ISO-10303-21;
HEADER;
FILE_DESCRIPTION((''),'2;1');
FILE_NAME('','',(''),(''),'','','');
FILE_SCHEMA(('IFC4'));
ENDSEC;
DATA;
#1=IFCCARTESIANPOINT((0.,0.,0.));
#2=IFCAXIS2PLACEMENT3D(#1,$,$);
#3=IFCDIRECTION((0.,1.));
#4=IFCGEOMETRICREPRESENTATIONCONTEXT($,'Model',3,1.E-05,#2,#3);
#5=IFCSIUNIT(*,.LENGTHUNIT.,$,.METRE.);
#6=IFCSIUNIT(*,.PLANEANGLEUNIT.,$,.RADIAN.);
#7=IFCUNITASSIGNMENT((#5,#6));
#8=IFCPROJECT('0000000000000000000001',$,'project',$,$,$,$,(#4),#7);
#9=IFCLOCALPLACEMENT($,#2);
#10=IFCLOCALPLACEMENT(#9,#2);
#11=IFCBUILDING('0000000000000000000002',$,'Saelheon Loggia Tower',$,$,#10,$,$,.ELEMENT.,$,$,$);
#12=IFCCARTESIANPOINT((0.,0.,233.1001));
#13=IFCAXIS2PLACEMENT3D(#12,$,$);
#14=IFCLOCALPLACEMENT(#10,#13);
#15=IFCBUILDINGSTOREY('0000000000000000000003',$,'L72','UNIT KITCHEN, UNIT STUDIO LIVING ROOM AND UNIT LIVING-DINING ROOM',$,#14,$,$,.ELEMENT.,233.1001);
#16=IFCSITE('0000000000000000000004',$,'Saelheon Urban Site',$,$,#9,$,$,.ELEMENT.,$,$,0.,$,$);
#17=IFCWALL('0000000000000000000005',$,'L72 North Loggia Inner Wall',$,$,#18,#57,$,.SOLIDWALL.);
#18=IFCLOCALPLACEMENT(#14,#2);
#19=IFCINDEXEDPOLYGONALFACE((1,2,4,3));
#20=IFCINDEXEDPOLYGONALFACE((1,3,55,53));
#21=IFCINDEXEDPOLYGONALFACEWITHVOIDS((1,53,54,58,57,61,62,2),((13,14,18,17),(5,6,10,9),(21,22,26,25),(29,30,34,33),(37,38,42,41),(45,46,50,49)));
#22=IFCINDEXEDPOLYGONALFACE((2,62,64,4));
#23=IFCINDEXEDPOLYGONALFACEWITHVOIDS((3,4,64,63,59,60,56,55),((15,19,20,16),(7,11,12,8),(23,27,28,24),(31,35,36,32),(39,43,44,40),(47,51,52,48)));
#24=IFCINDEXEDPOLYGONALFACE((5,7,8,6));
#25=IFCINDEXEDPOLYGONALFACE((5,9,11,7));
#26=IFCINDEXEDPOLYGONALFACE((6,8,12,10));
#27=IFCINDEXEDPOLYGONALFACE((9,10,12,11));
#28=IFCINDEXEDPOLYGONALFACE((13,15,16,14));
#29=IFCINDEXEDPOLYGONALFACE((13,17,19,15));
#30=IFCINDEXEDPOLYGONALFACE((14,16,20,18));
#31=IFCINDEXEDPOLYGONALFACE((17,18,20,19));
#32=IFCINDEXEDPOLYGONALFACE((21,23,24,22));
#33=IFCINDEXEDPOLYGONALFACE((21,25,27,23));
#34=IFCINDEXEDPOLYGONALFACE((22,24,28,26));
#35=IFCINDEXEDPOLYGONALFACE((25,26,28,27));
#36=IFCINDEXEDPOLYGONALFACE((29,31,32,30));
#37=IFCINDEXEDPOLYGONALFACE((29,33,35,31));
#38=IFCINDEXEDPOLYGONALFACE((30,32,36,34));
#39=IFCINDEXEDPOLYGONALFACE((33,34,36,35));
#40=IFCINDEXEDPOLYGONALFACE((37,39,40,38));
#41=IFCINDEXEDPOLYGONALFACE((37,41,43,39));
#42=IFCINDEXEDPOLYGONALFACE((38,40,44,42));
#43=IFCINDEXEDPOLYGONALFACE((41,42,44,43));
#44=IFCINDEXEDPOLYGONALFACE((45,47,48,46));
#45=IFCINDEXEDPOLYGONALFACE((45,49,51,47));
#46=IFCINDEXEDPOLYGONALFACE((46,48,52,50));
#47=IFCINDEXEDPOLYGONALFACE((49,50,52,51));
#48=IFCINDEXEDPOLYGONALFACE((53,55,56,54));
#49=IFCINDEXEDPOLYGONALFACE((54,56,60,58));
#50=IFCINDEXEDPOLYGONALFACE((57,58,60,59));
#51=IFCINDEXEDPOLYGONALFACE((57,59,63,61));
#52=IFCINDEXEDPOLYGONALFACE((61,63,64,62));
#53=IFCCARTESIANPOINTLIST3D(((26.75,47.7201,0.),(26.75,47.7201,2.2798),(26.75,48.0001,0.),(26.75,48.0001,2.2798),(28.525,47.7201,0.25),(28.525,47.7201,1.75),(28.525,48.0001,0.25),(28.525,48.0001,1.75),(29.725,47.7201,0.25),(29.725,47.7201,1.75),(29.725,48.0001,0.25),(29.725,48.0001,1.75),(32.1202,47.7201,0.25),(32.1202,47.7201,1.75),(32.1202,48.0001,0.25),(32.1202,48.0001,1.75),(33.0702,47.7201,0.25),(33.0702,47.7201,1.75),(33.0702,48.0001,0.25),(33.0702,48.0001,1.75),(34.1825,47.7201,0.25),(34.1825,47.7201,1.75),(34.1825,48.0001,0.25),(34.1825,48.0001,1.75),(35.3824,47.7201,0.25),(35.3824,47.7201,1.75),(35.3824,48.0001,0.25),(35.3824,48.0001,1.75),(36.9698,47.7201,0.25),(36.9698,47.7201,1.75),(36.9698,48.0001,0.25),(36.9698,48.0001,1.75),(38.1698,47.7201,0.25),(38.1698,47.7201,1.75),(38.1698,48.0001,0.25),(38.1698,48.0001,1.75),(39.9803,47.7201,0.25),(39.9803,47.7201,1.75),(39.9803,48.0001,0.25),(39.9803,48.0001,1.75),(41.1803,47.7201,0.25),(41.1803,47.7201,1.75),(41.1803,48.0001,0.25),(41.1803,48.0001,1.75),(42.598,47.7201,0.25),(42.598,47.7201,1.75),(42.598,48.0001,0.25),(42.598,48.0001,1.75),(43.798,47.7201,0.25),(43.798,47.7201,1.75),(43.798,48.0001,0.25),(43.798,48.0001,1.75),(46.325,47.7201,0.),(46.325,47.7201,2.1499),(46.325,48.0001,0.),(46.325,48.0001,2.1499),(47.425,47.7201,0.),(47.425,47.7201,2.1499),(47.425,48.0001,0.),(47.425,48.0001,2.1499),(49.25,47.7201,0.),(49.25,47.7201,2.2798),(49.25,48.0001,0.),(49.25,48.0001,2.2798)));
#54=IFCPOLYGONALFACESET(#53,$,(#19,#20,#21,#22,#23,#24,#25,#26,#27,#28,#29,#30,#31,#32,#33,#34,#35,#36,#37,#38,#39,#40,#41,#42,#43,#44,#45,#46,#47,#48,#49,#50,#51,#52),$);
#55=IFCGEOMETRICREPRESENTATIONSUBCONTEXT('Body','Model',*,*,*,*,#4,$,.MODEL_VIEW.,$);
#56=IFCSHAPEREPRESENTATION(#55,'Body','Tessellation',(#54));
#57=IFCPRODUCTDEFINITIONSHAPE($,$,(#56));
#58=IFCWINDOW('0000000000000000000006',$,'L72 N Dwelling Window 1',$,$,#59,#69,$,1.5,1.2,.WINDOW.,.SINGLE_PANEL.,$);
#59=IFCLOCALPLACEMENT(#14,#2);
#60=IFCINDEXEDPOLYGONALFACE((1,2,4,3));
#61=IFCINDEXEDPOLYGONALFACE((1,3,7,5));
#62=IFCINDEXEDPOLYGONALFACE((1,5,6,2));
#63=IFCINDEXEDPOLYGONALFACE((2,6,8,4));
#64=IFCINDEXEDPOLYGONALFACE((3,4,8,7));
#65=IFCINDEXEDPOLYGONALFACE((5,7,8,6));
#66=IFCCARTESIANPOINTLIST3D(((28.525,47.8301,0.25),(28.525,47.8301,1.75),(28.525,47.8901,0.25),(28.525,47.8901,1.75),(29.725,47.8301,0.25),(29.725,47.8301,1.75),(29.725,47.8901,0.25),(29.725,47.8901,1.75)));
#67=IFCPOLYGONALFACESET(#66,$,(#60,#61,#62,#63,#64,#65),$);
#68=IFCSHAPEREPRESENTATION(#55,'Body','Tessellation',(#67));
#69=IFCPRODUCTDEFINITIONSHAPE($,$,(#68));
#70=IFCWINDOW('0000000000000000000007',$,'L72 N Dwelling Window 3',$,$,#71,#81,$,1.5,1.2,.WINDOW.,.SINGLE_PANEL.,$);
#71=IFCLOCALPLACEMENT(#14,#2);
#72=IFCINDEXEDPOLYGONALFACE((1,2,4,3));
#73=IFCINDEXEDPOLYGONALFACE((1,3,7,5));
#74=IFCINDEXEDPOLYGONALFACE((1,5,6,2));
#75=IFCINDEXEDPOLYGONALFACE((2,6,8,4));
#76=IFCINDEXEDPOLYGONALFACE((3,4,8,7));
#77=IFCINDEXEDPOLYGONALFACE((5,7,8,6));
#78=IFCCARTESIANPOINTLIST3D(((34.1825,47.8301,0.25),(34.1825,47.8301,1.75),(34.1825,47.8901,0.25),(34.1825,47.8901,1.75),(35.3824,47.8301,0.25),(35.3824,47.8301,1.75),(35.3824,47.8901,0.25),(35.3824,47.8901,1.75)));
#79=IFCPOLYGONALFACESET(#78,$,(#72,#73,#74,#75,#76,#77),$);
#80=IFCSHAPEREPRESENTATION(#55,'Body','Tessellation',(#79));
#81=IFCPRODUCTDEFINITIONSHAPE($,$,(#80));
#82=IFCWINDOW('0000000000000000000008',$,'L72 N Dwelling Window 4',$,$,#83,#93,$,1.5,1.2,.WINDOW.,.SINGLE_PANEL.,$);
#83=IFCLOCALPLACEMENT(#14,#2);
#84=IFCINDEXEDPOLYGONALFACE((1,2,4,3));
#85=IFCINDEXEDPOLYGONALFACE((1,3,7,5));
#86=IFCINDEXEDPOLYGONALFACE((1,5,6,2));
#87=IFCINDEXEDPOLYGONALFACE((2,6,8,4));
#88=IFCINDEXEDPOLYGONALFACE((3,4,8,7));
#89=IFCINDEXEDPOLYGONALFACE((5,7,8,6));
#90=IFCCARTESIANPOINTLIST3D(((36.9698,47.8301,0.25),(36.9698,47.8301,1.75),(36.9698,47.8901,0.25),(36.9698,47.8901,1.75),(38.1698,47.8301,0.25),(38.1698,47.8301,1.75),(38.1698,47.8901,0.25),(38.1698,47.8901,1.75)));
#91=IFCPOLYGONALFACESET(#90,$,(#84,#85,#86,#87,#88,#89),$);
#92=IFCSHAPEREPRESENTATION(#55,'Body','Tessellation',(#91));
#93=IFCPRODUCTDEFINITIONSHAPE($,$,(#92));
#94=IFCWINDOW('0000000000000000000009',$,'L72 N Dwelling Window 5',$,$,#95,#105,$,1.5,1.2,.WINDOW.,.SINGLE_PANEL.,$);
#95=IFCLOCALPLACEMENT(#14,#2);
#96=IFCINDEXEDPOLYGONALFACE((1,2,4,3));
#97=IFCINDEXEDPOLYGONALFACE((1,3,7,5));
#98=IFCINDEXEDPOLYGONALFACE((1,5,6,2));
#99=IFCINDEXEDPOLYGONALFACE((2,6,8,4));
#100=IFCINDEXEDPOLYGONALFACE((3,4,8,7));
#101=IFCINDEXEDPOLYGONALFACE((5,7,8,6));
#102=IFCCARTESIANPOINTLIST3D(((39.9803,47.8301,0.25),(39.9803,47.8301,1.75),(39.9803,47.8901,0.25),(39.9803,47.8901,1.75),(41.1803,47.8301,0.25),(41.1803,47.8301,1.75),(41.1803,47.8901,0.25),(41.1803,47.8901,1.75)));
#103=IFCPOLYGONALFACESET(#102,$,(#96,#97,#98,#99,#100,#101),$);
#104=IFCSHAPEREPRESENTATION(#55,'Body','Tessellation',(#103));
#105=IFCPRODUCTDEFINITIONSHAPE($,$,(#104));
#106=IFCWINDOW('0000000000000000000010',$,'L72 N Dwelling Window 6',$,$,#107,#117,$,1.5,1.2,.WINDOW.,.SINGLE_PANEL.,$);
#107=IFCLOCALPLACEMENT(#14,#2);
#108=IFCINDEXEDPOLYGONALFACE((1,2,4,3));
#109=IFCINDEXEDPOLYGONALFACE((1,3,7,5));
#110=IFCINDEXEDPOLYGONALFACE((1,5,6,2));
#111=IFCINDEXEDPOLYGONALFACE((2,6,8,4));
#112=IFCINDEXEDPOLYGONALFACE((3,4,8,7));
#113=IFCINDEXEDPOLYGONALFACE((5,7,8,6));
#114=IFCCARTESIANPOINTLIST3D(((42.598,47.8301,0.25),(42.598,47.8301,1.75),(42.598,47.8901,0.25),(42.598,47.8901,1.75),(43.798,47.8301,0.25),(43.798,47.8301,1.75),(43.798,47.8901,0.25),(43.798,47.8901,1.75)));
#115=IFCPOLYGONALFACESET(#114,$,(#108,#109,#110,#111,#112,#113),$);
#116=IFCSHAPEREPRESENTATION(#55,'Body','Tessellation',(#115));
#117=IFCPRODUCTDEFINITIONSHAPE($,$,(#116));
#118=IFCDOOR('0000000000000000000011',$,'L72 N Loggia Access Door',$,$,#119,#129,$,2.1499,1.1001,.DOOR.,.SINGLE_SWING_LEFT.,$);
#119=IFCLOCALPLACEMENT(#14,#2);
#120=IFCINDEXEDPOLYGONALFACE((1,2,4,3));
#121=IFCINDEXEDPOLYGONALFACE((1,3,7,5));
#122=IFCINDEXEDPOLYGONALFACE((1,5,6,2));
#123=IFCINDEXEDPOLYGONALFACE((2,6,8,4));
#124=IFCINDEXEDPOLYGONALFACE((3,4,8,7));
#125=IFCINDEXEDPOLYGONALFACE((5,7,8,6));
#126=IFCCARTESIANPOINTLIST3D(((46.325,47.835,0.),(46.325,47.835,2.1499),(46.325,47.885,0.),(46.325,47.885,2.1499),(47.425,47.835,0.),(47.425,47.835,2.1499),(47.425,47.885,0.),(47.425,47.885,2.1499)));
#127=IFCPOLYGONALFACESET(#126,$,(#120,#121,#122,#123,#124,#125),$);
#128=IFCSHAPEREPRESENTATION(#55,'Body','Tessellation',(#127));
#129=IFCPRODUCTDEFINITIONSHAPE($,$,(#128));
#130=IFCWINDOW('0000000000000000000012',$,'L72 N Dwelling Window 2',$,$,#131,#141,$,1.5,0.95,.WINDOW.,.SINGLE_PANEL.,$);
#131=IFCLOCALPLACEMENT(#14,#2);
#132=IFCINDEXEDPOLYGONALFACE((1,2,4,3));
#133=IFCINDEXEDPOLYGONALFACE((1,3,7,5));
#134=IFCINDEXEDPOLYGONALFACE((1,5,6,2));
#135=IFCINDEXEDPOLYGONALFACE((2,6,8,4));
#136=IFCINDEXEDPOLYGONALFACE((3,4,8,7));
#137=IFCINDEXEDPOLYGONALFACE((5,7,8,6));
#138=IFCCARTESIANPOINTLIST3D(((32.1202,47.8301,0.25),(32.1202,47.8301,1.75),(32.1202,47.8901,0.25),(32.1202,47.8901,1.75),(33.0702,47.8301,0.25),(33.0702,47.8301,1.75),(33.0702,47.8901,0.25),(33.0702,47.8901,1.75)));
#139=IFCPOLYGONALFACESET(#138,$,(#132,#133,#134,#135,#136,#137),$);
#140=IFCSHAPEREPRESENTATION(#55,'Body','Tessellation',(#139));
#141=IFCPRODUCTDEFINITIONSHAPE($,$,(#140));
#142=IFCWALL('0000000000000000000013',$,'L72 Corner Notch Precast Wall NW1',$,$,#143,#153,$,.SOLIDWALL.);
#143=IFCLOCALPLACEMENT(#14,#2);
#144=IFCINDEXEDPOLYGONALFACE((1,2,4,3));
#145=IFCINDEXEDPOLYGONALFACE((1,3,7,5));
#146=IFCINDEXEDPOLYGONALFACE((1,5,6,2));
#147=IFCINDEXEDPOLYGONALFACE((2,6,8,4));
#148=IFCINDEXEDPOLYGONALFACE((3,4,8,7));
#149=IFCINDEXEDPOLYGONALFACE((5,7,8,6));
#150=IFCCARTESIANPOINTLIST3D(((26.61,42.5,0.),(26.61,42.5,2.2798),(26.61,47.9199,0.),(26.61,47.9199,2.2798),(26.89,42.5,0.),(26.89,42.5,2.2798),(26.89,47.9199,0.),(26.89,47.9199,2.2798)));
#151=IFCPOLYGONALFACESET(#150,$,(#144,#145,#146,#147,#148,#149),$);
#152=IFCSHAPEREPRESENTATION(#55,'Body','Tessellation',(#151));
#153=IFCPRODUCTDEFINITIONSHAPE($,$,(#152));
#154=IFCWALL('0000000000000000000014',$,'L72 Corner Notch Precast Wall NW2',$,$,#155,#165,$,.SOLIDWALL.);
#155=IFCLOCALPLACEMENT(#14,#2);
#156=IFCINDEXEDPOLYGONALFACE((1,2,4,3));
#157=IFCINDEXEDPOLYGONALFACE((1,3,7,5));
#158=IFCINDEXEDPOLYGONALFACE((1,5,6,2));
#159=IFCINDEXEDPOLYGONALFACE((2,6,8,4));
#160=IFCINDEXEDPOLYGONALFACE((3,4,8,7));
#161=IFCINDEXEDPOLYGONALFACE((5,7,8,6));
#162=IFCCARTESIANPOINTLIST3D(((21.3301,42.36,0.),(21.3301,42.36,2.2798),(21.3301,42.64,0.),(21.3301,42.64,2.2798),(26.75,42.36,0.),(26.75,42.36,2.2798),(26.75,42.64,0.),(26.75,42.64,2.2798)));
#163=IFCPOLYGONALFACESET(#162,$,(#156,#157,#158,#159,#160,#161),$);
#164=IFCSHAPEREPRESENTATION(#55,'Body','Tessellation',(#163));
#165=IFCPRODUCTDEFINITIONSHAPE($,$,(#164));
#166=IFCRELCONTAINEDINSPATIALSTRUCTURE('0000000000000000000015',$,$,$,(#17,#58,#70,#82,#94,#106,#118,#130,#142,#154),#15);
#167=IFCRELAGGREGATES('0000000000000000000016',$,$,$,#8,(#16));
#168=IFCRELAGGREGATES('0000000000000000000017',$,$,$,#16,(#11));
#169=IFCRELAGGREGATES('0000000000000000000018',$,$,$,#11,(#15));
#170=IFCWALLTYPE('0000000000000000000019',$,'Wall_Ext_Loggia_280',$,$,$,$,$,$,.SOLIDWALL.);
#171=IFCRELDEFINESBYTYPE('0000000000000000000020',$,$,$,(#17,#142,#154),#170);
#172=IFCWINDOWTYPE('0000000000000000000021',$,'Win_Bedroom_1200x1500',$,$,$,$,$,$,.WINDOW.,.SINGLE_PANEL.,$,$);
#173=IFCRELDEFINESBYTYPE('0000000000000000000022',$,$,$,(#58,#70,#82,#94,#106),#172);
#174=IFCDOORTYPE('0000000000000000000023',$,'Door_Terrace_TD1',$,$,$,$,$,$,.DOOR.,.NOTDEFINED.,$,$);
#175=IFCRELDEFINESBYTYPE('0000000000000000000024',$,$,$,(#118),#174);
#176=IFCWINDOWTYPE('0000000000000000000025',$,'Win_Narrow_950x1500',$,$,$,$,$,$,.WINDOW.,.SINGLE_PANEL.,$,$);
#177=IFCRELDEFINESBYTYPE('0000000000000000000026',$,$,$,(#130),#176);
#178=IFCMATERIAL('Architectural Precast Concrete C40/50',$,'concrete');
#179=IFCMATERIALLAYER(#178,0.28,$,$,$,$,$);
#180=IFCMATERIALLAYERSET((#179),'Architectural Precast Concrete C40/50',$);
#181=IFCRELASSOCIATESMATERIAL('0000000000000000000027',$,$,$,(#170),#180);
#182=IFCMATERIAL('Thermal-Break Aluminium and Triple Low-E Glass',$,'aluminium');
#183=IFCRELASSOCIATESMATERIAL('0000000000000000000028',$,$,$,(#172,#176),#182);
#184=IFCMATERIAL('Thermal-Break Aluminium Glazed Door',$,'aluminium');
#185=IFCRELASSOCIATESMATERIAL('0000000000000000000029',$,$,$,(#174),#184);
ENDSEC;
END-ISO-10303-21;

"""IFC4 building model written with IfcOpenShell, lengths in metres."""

from ifc_helpers import new_model, si_unit, direction, frame, frame_2d, origin, place, context, subcontext, project, spatial, rectangle, extrude, source, transform, mapped, material, layer, layer_set, type_object, element, fill, save


model = new_model("IFC4")

# Units and contexts
model_context = context("Model", 3, precision=1e-05, world=origin(), true_north=direction((0.0, 1.0)))
body_context = subcontext(model_context, "Body", "Model", "MODEL_VIEW")
ifc_project = project(units=[si_unit("LENGTHUNIT", "METRE"), si_unit("PLANEANGLEUNIT", "RADIAN")], contexts=[model_context])

# Site, building, storey
site_placement = place(None, origin())
site = spatial("IfcSite", under=ifc_project, at=site_placement, Name="Saelheon Urban Site", CompositionType="ELEMENT", RefElevation=0.0)
building_placement = place(site_placement, origin())
building = spatial("IfcBuilding", under=site, at=building_placement, Name="Saelheon Loggia Tower", CompositionType="ELEMENT")
storey_placement = place(building_placement, frame((0.0, 0.0, 233.1001)))
storey = spatial("IfcBuildingStorey", under=building, at=storey_placement, Name="L72", Description="UNIT KITCHEN, UNIT STUDIO LIVING ROOM AND UNIT LIVING-DINING ROOM", CompositionType="ELEMENT", Elevation=233.1001)

# Wall, openings, windows, door
ifc_material_1 = material(Name="Architectural Precast Concrete C40/50", Category="concrete")
ifc_layer_1 = layer(ifc_material_1, 0.28)
ifc_layer_set_1 = layer_set([ifc_layer_1], Name="Architectural Precast Concrete C40/50")
wall_type_1 = type_object("IfcWallType", Name="Wall_Ext_Loggia_280", PredefinedType="SOLIDWALL", material=ifc_layer_set_1)
wall_1_placement = place(storey_placement, frame((26.75, 47.8601, 0.0), z_axis=(0.0, 0.0, 1.0), x_axis=(1.0, 0.0, 0.0)))
wall_1 = element("IfcWall", 1, at=wall_1_placement, inside=storey, type_object=wall_type_1, Name="L72 North Loggia Inner Wall", PredefinedType="SOLIDWALL", context=body_context, shape_type="SweptSolid", body=[
    extrude(rectangle(XDim=22.5, YDim=0.28, at=frame_2d((11.25, 0.0))), origin(), (0.0, 0.0, 1.0), 2.2798),
])
opening_1_placement = place(wall_1_placement, frame((1.7749, 0.0, 0.25)))
opening_1 = element("IfcOpeningElement", 2, at=opening_1_placement, cuts=wall_1, PredefinedType="OPENING", context=body_context, shape_type="SweptSolid", body=[
    extrude(rectangle(XDim=1.2, YDim=1.5, at=frame_2d((0.6001, 0.75))), frame((0.0, 0.1521, 0.0), z_axis=(0.0, -1.0, 0.0), x_axis=(1.0, 0.0, 0.0)), (0.0, 0.0, 1.0), 0.304),
])
opening_2_placement = place(wall_1_placement, frame((5.3701, 0.0, 0.25)))
opening_2 = element("IfcOpeningElement", 3, at=opening_2_placement, cuts=wall_1, PredefinedType="OPENING", context=body_context, shape_type="SweptSolid", body=[
    extrude(rectangle(XDim=0.95, YDim=1.5, at=frame_2d((0.4751, 0.75))), frame((0.0, 0.1521, 0.0), z_axis=(0.0, -1.0, 0.0), x_axis=(1.0, 0.0, 0.0)), (0.0, 0.0, 1.0), 0.304),
])
opening_3_placement = place(wall_1_placement, frame((7.4324, 0.0, 0.25)))
opening_3 = element("IfcOpeningElement", 4, at=opening_3_placement, cuts=wall_1, PredefinedType="OPENING", context=body_context, shape_type="SweptSolid", body=[
    extrude(rectangle(XDim=1.2, YDim=1.5, at=frame_2d((0.6001, 0.75))), frame((0.0, 0.1521, 0.0), z_axis=(0.0, -1.0, 0.0), x_axis=(1.0, 0.0, 0.0)), (0.0, 0.0, 1.0), 0.304),
])
opening_4_placement = place(wall_1_placement, frame((10.2197, 0.0, 0.25)))
opening_4 = element("IfcOpeningElement", 5, at=opening_4_placement, cuts=wall_1, PredefinedType="OPENING", context=body_context, shape_type="SweptSolid", body=[
    extrude(rectangle(XDim=1.2, YDim=1.5, at=frame_2d((0.6001, 0.75))), frame((0.0, 0.1521, 0.0), z_axis=(0.0, -1.0, 0.0), x_axis=(1.0, 0.0, 0.0)), (0.0, 0.0, 1.0), 0.304),
])
opening_5_placement = place(wall_1_placement, frame((13.2302, 0.0, 0.25)))
opening_5 = element("IfcOpeningElement", 6, at=opening_5_placement, cuts=wall_1, PredefinedType="OPENING", context=body_context, shape_type="SweptSolid", body=[
    extrude(rectangle(XDim=1.2, YDim=1.5, at=frame_2d((0.6001, 0.75))), frame((0.0, 0.1521, 0.0), z_axis=(0.0, -1.0, 0.0), x_axis=(1.0, 0.0, 0.0)), (0.0, 0.0, 1.0), 0.304),
])
opening_6_placement = place(wall_1_placement, frame((15.8479, 0.0, 0.25)))
opening_6 = element("IfcOpeningElement", 7, at=opening_6_placement, cuts=wall_1, PredefinedType="OPENING", context=body_context, shape_type="SweptSolid", body=[
    extrude(rectangle(XDim=1.2, YDim=1.5, at=frame_2d((0.6001, 0.75))), frame((0.0, 0.1521, 0.0), z_axis=(0.0, -1.0, 0.0), x_axis=(1.0, 0.0, 0.0)), (0.0, 0.0, 1.0), 0.304),
])
opening_7_placement = place(wall_1_placement, frame((19.575, 0.0, 0.0)))
opening_7 = element("IfcOpeningElement", 8, at=opening_7_placement, cuts=wall_1, PredefinedType="OPENING", context=body_context, shape_type="SweptSolid", body=[
    extrude(rectangle(XDim=1.1001, YDim=2.1499, at=frame_2d((0.55, 1.075))), frame((0.0, 0.1521, 0.0), z_axis=(0.0, -1.0, 0.0), x_axis=(1.0, 0.0, 0.0)), (0.0, 0.0, 1.0), 0.304),
])
ifc_material_2 = material(Name="Thermal-Break Aluminium and Triple Low-E Glass", Category="aluminium")
window_type_1 = type_object("IfcWindowType", Name="Win_Bedroom_1200x1500", PartitioningType="SINGLE_PANEL", PredefinedType="WINDOW", material=ifc_material_2)
shared_shape_1 = source(origin(), body_context, "Body", "SweptSolid", [
    extrude(rectangle(XDim=1.2, YDim=1.5, at=frame_2d((0.6001, 0.75))), frame((0.0, 0.03, 0.0), z_axis=(0.0, -1.0, 0.0), x_axis=(1.0, 0.0, 0.0)), (0.0, 0.0, 1.0), 0.0601),
])
window_1_placement = place(opening_1_placement, origin())
window_1 = element("IfcWindow", 9, at=window_1_placement, inside=storey, type_object=window_type_1, Name="L72 N Dwelling Window 1", OverallHeight=1.5, OverallWidth=1.2, PartitioningType="SINGLE_PANEL", PredefinedType="WINDOW", context=body_context, shape_type="MappedRepresentation", body=[
    mapped(shared_shape_1, transform((0.0, 0.0, 0.0), scale=1.0)),
])
fill(opening_1, window_1)
window_2_placement = place(opening_3_placement, origin())
window_2 = element("IfcWindow", 10, at=window_2_placement, inside=storey, type_object=window_type_1, Name="L72 N Dwelling Window 3", OverallHeight=1.5, OverallWidth=1.2, PartitioningType="SINGLE_PANEL", PredefinedType="WINDOW", context=body_context, shape_type="MappedRepresentation", body=[
    mapped(shared_shape_1, transform((0.0, 0.0, 0.0), scale=1.0)),
])
fill(opening_3, window_2)
window_3_placement = place(opening_4_placement, origin())
window_3 = element("IfcWindow", 11, at=window_3_placement, inside=storey, type_object=window_type_1, Name="L72 N Dwelling Window 4", OverallHeight=1.5, OverallWidth=1.2, PartitioningType="SINGLE_PANEL", PredefinedType="WINDOW", context=body_context, shape_type="MappedRepresentation", body=[
    mapped(shared_shape_1, transform((0.0, 0.0, 0.0), scale=1.0)),
])
fill(opening_4, window_3)
window_4_placement = place(opening_5_placement, origin())
window_4 = element("IfcWindow", 12, at=window_4_placement, inside=storey, type_object=window_type_1, Name="L72 N Dwelling Window 5", OverallHeight=1.5, OverallWidth=1.2, PartitioningType="SINGLE_PANEL", PredefinedType="WINDOW", context=body_context, shape_type="MappedRepresentation", body=[
    mapped(shared_shape_1, transform((0.0, 0.0, 0.0), scale=1.0)),
])
fill(opening_5, window_4)
window_5_placement = place(opening_6_placement, origin())
window_5 = element("IfcWindow", 13, at=window_5_placement, inside=storey, type_object=window_type_1, Name="L72 N Dwelling Window 6", OverallHeight=1.5, OverallWidth=1.2, PartitioningType="SINGLE_PANEL", PredefinedType="WINDOW", context=body_context, shape_type="MappedRepresentation", body=[
    mapped(shared_shape_1, transform((0.0, 0.0, 0.0), scale=1.0)),
])
fill(opening_6, window_5)
ifc_material_3 = material(Name="Thermal-Break Aluminium Glazed Door", Category="aluminium")
door_type_1 = type_object("IfcDoorType", Name="Door_Terrace_TD1", OperationType="NOTDEFINED", PredefinedType="DOOR", material=ifc_material_3)
shared_shape_2 = source(origin(), body_context, "Body", "SweptSolid", [
    extrude(rectangle(XDim=1.1001, YDim=2.1499, at=frame_2d((0.55, 1.075))), frame((0.0, 0.0249, 0.0), z_axis=(0.0, -1.0, 0.0), x_axis=(1.0, 0.0, 0.0)), (0.0, 0.0, 1.0), 0.05),
])
door_1_placement = place(opening_7_placement, origin())
door_1 = element("IfcDoor", 14, at=door_1_placement, inside=storey, type_object=door_type_1, Name="L72 N Loggia Access Door", OperationType="SINGLE_SWING_LEFT", OverallHeight=2.1499, OverallWidth=1.1001, PredefinedType="DOOR", context=body_context, shape_type="MappedRepresentation", body=[
    mapped(shared_shape_2, transform((0.0, 0.0, 0.0), scale=1.0)),
])
fill(opening_7, door_1)
window_type_2 = type_object("IfcWindowType", Name="Win_Narrow_950x1500", PartitioningType="SINGLE_PANEL", PredefinedType="WINDOW", material=ifc_material_2)
shared_shape_3 = source(origin(), body_context, "Body", "SweptSolid", [
    extrude(rectangle(XDim=0.95, YDim=1.5, at=frame_2d((0.4751, 0.75))), frame((0.0, 0.03, 0.0), z_axis=(0.0, -1.0, 0.0), x_axis=(1.0, 0.0, 0.0)), (0.0, 0.0, 1.0), 0.0601),
])
window_6_placement = place(opening_2_placement, origin())
window_6 = element("IfcWindow", 15, at=window_6_placement, inside=storey, type_object=window_type_2, Name="L72 N Dwelling Window 2", OverallHeight=1.5, OverallWidth=0.95, PartitioningType="SINGLE_PANEL", PredefinedType="WINDOW", context=body_context, shape_type="MappedRepresentation", body=[
    mapped(shared_shape_3, transform((0.0, 0.0, 0.0), scale=1.0)),
])
fill(opening_2, window_6)

# Walls
for number, where, z_axis, x_axis, name in (
    (16, (26.75, 42.5, 0.0), (0.0, 0.0, 1.0), (0.0, 1.0, 0.0), "L72 Corner Notch Precast Wall NW1"),
    (17, (21.3301, 42.5, 0.0), (0.0, 0.0, 1.0), (1.0, 0.0, 0.0), "L72 Corner Notch Precast Wall NW2"),
):
    element("IfcWall", number, at=place(storey_placement, frame(where, z_axis=z_axis, x_axis=x_axis)), inside=storey, type_object=wall_type_1, Name=name, PredefinedType="SOLIDWALL", context=body_context, shape_type="SweptSolid", body=[
        extrude(rectangle(XDim=5.4199, YDim=0.28, at=frame_2d((2.71, 0.0))), origin(), (0.0, 0.0, 1.0), 2.2798),
    ])

save(model, "model.ifc")
